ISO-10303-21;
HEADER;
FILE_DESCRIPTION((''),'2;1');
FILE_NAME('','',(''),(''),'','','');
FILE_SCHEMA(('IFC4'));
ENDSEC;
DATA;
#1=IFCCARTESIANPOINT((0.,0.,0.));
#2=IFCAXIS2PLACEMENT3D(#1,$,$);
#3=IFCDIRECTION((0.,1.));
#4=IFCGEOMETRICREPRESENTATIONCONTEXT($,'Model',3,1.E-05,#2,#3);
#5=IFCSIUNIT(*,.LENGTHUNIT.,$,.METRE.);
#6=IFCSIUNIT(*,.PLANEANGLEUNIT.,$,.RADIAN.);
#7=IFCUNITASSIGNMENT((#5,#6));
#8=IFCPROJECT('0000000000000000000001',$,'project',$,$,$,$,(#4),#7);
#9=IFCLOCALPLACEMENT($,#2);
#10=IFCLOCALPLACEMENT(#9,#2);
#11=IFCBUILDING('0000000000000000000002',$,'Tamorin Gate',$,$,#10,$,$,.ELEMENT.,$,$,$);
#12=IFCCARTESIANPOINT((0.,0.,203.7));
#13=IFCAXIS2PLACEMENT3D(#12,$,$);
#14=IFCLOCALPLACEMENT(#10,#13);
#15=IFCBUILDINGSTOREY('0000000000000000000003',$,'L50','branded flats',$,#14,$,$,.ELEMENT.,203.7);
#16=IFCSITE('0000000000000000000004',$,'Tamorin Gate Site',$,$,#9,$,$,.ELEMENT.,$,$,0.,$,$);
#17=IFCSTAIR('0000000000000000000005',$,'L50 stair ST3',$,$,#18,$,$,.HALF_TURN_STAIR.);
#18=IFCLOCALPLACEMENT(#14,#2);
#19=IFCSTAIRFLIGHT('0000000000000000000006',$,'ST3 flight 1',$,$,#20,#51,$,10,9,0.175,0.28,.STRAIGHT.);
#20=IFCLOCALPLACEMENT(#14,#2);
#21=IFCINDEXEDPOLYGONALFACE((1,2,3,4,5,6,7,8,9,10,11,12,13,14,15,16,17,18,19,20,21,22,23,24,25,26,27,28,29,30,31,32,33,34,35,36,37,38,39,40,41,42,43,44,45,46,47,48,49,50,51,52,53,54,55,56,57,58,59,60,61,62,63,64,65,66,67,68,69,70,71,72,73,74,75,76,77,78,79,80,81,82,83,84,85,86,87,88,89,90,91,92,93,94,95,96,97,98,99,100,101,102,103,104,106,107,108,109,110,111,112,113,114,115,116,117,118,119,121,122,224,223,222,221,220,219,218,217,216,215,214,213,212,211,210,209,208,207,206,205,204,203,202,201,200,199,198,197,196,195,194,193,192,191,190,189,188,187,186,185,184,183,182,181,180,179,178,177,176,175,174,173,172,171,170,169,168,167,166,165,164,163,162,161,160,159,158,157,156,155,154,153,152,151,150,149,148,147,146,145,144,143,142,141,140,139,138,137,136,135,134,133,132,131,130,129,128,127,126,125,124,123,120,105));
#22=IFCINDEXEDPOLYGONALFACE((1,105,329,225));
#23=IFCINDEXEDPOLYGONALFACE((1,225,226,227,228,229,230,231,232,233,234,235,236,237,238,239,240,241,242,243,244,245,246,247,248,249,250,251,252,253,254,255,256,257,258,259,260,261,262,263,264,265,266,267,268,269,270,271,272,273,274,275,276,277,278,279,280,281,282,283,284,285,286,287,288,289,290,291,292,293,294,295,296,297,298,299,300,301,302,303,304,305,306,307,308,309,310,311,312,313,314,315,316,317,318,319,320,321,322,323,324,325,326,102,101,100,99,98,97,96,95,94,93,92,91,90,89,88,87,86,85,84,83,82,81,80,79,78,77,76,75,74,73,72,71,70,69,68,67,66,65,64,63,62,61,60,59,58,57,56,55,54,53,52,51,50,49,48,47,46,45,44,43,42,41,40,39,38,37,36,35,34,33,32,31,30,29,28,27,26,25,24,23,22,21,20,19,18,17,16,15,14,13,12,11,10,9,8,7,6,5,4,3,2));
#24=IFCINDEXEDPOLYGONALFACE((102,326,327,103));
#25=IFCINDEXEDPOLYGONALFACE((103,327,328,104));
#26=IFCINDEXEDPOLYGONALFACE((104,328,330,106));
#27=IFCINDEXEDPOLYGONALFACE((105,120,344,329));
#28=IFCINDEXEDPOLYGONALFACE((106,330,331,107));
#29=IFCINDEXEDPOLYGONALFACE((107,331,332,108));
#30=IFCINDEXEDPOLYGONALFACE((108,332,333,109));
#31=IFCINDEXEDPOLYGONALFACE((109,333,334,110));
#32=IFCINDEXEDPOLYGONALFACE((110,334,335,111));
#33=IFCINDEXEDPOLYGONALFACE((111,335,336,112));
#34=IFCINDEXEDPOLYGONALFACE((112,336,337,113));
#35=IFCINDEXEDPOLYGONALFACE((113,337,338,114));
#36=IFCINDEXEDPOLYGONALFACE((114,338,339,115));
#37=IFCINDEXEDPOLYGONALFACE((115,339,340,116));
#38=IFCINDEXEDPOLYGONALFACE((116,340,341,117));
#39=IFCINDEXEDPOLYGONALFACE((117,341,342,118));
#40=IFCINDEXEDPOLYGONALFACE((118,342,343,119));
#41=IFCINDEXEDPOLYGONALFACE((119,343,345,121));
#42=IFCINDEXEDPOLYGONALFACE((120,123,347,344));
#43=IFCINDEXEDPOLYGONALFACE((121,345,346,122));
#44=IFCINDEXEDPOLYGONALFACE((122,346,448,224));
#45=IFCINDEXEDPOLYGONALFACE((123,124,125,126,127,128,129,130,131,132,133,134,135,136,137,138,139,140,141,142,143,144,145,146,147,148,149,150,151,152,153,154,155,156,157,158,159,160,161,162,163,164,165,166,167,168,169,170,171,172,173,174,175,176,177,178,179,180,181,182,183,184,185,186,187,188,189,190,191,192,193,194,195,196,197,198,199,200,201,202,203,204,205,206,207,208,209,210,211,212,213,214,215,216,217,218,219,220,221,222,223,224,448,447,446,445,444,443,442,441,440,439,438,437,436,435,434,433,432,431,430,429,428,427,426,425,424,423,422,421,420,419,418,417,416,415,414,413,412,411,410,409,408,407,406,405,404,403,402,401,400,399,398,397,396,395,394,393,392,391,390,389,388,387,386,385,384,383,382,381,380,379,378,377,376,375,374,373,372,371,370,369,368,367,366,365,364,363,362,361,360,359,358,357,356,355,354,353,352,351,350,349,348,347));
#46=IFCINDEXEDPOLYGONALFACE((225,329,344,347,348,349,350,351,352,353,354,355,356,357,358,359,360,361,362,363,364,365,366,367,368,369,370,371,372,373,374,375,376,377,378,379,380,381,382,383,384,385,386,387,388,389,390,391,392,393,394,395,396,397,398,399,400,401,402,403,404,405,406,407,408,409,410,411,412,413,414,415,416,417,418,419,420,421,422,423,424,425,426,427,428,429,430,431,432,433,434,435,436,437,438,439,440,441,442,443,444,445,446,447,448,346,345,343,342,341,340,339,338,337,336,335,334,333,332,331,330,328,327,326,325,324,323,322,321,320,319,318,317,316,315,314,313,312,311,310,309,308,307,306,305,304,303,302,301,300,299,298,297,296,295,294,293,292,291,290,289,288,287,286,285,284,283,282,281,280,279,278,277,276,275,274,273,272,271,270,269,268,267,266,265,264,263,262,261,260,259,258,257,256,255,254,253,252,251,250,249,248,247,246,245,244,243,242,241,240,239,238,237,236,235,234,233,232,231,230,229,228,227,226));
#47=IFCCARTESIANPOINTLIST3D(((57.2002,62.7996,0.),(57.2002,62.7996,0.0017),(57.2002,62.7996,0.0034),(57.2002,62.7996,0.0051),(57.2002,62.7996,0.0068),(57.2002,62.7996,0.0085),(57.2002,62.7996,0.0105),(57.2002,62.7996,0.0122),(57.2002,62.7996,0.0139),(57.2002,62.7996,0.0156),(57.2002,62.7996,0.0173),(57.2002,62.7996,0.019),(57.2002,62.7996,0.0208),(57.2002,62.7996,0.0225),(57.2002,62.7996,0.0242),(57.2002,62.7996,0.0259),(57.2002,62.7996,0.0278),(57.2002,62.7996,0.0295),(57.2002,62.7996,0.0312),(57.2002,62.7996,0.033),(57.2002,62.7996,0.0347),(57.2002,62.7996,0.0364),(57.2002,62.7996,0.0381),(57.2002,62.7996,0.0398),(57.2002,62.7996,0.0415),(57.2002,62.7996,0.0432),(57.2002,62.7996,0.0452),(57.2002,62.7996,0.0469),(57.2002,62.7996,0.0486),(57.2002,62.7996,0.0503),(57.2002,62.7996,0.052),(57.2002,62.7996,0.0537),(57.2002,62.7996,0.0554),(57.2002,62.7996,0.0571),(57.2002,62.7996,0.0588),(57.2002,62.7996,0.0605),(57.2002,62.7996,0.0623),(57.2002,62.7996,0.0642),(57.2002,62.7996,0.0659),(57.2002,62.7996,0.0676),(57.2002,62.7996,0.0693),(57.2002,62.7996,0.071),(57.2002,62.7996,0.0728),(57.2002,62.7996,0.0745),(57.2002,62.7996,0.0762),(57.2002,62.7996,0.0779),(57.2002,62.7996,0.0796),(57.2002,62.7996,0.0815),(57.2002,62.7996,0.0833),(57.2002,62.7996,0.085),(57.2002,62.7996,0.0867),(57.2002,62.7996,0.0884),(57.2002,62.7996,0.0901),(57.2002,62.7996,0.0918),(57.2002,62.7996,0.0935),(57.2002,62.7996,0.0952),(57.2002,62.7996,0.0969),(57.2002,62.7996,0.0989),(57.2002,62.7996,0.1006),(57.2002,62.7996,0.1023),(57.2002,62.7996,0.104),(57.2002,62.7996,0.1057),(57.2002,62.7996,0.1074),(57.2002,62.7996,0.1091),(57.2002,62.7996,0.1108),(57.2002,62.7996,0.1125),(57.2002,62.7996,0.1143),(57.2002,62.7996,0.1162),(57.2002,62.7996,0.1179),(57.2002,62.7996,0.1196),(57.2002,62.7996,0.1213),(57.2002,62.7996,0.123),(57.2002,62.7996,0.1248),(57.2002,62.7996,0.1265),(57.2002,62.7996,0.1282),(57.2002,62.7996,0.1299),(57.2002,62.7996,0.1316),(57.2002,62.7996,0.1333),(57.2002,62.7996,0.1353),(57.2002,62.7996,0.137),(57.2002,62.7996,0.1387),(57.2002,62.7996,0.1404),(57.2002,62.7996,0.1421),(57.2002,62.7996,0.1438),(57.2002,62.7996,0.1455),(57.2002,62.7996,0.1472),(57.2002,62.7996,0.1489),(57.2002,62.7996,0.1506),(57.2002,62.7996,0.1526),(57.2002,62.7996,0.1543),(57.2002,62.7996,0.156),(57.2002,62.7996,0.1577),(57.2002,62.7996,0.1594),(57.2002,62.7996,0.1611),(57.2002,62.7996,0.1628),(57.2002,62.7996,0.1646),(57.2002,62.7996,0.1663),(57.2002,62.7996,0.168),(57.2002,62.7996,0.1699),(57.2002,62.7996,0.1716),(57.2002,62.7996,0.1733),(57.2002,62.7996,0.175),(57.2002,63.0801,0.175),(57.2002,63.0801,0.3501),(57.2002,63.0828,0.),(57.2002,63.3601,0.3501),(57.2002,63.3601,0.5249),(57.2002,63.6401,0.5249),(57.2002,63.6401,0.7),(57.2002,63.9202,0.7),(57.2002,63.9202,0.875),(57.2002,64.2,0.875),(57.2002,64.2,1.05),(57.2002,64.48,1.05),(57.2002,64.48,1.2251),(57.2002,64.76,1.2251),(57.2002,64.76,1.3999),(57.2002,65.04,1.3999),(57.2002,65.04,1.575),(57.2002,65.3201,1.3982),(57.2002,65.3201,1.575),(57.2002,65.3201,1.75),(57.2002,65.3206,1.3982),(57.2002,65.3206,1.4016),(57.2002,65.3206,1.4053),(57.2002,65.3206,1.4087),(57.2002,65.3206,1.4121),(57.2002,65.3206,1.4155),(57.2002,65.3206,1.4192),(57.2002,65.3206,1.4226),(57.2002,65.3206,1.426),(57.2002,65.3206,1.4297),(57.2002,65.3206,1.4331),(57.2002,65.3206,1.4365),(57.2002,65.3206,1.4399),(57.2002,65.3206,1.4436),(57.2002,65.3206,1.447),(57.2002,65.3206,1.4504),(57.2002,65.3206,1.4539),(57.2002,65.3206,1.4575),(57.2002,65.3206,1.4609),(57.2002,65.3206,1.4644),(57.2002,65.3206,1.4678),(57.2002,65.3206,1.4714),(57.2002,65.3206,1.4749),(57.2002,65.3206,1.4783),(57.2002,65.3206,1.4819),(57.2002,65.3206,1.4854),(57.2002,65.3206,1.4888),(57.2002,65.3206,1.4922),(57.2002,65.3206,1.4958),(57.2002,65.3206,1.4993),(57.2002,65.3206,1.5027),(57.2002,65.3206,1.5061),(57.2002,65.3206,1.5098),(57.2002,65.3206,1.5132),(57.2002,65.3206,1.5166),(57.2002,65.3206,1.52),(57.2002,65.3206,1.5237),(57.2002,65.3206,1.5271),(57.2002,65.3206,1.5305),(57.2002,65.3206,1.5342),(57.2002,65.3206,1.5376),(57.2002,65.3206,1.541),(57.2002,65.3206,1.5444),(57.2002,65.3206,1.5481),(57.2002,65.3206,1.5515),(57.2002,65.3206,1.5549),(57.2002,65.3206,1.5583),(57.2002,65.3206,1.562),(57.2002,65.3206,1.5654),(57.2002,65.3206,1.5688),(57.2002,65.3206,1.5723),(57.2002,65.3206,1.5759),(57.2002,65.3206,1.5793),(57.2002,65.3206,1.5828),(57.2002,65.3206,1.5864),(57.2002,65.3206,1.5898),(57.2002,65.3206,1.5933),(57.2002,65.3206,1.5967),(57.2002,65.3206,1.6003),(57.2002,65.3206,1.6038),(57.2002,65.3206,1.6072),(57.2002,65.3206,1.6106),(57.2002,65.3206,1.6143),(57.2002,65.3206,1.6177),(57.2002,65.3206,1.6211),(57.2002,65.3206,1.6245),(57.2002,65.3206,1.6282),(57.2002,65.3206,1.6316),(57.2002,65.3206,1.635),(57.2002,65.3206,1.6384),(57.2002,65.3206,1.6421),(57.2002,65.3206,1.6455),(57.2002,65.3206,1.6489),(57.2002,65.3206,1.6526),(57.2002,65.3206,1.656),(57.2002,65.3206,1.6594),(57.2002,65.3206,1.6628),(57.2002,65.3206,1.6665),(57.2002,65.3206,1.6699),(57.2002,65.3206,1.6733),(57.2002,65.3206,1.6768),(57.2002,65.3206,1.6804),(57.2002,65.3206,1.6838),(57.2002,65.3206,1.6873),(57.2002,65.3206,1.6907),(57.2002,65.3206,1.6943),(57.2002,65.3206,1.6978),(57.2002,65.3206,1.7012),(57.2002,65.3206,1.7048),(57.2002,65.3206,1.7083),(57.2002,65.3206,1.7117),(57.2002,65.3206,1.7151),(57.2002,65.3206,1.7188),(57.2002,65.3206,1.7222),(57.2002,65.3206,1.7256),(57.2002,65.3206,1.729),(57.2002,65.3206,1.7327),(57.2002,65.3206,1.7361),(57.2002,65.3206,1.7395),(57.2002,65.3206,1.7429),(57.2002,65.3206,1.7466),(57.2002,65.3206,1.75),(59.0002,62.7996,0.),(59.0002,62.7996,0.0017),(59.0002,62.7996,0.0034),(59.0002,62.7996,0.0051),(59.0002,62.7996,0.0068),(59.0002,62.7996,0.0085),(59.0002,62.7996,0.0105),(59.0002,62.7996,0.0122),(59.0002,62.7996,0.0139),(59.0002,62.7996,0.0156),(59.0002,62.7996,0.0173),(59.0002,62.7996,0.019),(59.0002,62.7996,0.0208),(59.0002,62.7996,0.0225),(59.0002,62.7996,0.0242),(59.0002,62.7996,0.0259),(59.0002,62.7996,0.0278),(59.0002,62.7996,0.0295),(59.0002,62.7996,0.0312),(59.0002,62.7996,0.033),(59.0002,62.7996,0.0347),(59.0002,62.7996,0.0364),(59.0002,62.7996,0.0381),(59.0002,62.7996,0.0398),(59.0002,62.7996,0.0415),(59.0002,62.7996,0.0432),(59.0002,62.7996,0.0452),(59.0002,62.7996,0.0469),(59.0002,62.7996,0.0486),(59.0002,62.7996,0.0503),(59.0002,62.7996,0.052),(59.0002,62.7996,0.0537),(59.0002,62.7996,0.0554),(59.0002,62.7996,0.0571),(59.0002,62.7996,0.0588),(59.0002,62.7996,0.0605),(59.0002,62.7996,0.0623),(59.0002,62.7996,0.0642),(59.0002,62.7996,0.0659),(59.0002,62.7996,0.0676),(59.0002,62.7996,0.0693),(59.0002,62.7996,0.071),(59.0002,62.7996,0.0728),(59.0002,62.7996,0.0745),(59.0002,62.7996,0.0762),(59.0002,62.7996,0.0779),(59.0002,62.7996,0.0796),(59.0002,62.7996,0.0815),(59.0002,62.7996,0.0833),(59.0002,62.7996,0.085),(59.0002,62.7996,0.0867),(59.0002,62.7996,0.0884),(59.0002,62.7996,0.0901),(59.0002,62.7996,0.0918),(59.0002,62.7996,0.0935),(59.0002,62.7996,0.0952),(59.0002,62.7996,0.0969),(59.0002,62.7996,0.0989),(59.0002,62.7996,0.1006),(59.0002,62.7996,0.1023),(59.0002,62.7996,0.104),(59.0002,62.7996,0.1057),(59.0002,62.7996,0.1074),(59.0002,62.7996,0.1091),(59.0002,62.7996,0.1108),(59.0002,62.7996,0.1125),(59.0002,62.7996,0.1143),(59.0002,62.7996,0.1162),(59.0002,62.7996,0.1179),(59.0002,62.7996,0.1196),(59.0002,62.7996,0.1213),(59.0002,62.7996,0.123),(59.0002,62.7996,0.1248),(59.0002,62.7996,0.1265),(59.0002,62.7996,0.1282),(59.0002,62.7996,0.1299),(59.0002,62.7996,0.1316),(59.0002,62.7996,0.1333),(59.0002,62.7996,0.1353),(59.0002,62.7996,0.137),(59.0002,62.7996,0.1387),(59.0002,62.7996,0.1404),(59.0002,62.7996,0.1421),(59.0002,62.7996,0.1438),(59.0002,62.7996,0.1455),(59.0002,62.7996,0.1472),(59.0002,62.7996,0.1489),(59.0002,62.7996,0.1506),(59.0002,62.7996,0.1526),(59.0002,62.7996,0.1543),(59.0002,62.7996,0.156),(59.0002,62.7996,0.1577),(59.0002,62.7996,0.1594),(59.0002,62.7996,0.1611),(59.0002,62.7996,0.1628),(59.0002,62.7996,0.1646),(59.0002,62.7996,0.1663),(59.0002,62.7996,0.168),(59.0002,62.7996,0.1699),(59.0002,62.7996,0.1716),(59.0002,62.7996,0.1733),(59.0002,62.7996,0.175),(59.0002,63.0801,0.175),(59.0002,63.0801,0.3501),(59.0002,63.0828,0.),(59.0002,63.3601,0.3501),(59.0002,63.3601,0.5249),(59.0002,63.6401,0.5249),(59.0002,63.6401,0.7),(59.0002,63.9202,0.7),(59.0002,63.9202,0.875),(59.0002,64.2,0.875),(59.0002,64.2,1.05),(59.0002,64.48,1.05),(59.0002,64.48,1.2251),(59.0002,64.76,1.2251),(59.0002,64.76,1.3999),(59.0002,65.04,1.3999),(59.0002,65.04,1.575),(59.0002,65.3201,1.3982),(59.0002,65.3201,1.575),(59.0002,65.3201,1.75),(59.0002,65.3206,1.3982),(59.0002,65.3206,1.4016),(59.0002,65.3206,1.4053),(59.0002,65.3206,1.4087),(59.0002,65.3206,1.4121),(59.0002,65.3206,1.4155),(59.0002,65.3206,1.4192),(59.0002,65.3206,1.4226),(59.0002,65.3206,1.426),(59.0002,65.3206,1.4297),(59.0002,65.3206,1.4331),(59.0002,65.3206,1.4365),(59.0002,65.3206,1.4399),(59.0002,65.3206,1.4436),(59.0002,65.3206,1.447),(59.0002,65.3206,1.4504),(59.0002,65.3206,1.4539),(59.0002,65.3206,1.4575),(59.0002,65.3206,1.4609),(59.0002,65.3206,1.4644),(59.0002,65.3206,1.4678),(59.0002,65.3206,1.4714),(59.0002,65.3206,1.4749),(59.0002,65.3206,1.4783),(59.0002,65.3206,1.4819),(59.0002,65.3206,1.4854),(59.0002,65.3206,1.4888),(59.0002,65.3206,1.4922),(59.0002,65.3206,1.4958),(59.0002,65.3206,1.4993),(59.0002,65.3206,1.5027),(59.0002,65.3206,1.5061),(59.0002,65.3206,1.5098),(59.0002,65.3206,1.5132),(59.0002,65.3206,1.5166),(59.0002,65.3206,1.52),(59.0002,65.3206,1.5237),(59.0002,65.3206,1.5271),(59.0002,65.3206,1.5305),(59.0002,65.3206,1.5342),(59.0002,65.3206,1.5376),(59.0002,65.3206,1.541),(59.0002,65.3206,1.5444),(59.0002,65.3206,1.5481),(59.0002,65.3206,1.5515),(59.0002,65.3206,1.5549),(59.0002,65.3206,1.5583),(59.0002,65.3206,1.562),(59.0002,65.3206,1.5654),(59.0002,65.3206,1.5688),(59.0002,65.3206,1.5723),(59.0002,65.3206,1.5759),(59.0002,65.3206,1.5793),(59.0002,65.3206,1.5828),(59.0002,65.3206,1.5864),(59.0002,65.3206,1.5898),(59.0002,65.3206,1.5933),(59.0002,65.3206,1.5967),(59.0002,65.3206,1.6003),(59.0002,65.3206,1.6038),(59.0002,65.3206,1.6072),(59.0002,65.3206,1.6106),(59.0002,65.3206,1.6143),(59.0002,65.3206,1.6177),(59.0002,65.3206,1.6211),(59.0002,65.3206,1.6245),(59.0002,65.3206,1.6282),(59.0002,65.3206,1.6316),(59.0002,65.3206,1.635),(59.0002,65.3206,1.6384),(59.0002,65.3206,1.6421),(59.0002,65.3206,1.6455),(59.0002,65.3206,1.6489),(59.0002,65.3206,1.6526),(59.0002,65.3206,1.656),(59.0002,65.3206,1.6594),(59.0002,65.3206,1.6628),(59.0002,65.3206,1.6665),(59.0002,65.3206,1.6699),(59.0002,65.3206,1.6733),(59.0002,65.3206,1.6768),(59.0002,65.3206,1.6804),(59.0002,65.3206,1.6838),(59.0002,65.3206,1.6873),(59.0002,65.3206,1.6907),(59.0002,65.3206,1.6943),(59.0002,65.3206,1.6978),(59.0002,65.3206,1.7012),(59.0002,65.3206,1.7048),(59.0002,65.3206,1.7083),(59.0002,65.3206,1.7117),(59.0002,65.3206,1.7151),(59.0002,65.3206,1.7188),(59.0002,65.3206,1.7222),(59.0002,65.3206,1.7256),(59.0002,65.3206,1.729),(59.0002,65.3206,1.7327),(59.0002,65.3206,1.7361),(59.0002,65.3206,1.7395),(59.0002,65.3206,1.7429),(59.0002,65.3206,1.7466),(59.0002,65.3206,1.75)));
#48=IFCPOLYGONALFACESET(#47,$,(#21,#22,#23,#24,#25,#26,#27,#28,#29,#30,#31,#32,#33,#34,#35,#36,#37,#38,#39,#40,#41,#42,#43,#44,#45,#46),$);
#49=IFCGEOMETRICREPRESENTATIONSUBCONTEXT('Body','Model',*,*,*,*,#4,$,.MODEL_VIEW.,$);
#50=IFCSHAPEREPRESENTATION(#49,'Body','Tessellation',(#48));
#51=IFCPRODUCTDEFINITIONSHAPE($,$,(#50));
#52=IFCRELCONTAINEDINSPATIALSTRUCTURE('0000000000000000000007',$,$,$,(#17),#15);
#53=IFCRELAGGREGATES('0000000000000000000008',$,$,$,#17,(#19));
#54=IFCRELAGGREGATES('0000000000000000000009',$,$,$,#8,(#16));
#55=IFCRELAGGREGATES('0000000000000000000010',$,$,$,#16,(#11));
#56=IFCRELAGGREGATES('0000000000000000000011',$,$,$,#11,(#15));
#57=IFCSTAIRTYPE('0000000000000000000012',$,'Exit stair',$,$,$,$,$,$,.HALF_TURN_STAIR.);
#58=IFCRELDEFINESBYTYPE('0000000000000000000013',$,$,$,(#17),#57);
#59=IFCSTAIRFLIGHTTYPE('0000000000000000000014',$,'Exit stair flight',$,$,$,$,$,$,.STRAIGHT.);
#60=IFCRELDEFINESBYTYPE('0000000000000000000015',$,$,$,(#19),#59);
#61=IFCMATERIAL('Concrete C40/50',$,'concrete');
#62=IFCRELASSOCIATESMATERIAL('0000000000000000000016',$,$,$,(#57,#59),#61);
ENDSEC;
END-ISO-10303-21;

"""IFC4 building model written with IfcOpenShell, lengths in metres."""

from ifc_helpers import new_model, si_unit, direction, frame, origin, place, context, subcontext, project, spatial, polyline, outline, extrude, material, type_object, element, aggregate, save


model = new_model("IFC4")

# Units and contexts
model_context = context("Model", 3, precision=1e-05, world=origin(), true_north=direction((0.0, 1.0)))
body_context = subcontext(model_context, "Body", "Model", "MODEL_VIEW")
ifc_project = project(units=[si_unit("LENGTHUNIT", "METRE"), si_unit("PLANEANGLEUNIT", "RADIAN")], contexts=[model_context])

# Site, building, storey
site_placement = place(None, origin())
site = spatial("IfcSite", under=ifc_project, at=site_placement, Name="Tamorin Gate Site", CompositionType="ELEMENT", RefElevation=0.0)
building_placement = place(site_placement, origin())
building = spatial("IfcBuilding", under=site, at=building_placement, Name="Tamorin Gate", CompositionType="ELEMENT")
storey_placement = place(building_placement, frame((0.0, 0.0, 203.7)))
storey = spatial("IfcBuildingStorey", under=building, at=storey_placement, Name="L50", Description="branded flats", CompositionType="ELEMENT", Elevation=203.7)

# Stair, stair flight
ifc_material_1 = material(Name="Concrete C40/50", Category="concrete")
stair_type = type_object("IfcStairType", Name="Exit stair", PredefinedType="HALF_TURN_STAIR", material=ifc_material_1)
stair_placement = place(storey_placement, origin())
stair = element("IfcStair", 1, at=stair_placement, inside=storey, type_object=stair_type, Name="L50 stair ST3", PredefinedType="HALF_TURN_STAIR")
stair_flight_type = type_object("IfcStairFlightType", Name="Exit stair flight", PredefinedType="STRAIGHT", material=ifc_material_1)
stair_flight_1_placement = place(storey_placement, frame((58.1001, 62.8, 0.0), z_axis=(0.0, 0.0, 1.0), x_axis=(0.0, 1.0, 0.0)))
stair_flight_1 = element("IfcStairFlight", 2, at=stair_flight_1_placement, type_object=stair_flight_type, Name="ST3 flight 1", NumberOfRisers=10, NumberOfTreads=9, PredefinedType="STRAIGHT", RiserHeight=0.175, TreadLength=0.28, context=body_context, shape_type="SweptSolid", body=[
    extrude(outline(polyline([(-0.0005, 0.0), (-0.0005, 0.0017), (-0.0005, 0.0034), (-0.0005, 0.0051), (-0.0005, 0.0068), (-0.0005, 0.0085), (-0.0005, 0.0105), (-0.0005, 0.0122), (-0.0005, 0.0139), (-0.0005, 0.0156), (-0.0005, 0.0173), (-0.0005, 0.019), (-0.0005, 0.0208), (-0.0005, 0.0225), (-0.0005, 0.0242), (-0.0005, 0.0259), (-0.0005, 0.0278), (-0.0005, 0.0295), (-0.0005, 0.0312), (-0.0005, 0.033), (-0.0005, 0.0347), (-0.0005, 0.0364), (-0.0005, 0.0381), (-0.0005, 0.0398), (-0.0005, 0.0415), (-0.0005, 0.0432), (-0.0005, 0.0452), (-0.0005, 0.0469), (-0.0005, 0.0486), (-0.0005, 0.0503), (-0.0005, 0.052), (-0.0005, 0.0537), (-0.0005, 0.0554), (-0.0005, 0.0571), (-0.0005, 0.0588), (-0.0005, 0.0605), (-0.0005, 0.0623), (-0.0005, 0.0642), (-0.0005, 0.0659), (-0.0005, 0.0676), (-0.0005, 0.0693), (-0.0005, 0.071), (-0.0005, 0.0728), (-0.0005, 0.0745), (-0.0005, 0.0762), (-0.0005, 0.0779), (-0.0005, 0.0796), (-0.0005, 0.0815), (-0.0005, 0.0833), (-0.0005, 0.085), (-0.0005, 0.0867), (-0.0005, 0.0884), (-0.0005, 0.0901), (-0.0005, 0.0918), (-0.0005, 0.0935), (-0.0005, 0.0952), (-0.0005, 0.0969), (-0.0005, 0.0989), (-0.0005, 0.1006), (-0.0005, 0.1023), (-0.0005, 0.104), (-0.0005, 0.1057), (-0.0005, 0.1074), (-0.0005, 0.1091), (-0.0005, 0.1108), (-0.0005, 0.1125), (-0.0005, 0.1143), (-0.0005, 0.1162), (-0.0005, 0.1179), (-0.0005, 0.1196), (-0.0005, 0.1213), (-0.0005, 0.123), (-0.0005, 0.1248), (-0.0005, 0.1265), (-0.0005, 0.1282), (-0.0005, 0.1299), (-0.0005, 0.1316), (-0.0005, 0.1333), (-0.0005, 0.1353), (-0.0005, 0.137), (-0.0005, 0.1387), (-0.0005, 0.1404), (-0.0005, 0.1421), (-0.0005, 0.1438), (-0.0005, 0.1455), (-0.0005, 0.1472), (-0.0005, 0.1489), (-0.0005, 0.1506), (-0.0005, 0.1526), (-0.0005, 0.1543), (-0.0005, 0.156), (-0.0005, 0.1577), (-0.0005, 0.1594), (-0.0005, 0.1611), (-0.0005, 0.1628), (-0.0005, 0.1646), (-0.0005, 0.1663), (-0.0005, 0.168), (-0.0005, 0.1699), (-0.0005, 0.1716), (-0.0005, 0.1733), (-0.0005, 0.175), (0.28, 0.175), (0.28, 0.3501), (0.5601, 0.3501), (0.5601, 0.5249), (0.8401, 0.5249), (0.8401, 0.7), (1.1201, 0.7), (1.1201, 0.875), (1.3999, 0.875), (1.3999, 1.05), (1.6799, 1.05), (1.6799, 1.2251), (1.96, 1.2251), (1.96, 1.3999), (2.24, 1.3999), (2.24, 1.575), (2.52, 1.575), (2.52, 1.75), (2.5205, 1.75), (2.5205, 1.7466), (2.5205, 1.7429), (2.5205, 1.7395), (2.5205, 1.7361), (2.5205, 1.7327), (2.5205, 1.729), (2.5205, 1.7256), (2.5205, 1.7222), (2.5205, 1.7188), (2.5205, 1.7151), (2.5205, 1.7117), (2.5205, 1.7083), (2.5205, 1.7048), (2.5205, 1.7012), (2.5205, 1.6978), (2.5205, 1.6943), (2.5205, 1.6907), (2.5205, 1.6873), (2.5205, 1.6838), (2.5205, 1.6804), (2.5205, 1.6768), (2.5205, 1.6733), (2.5205, 1.6699), (2.5205, 1.6665), (2.5205, 1.6628), (2.5205, 1.6594), (2.5205, 1.656), (2.5205, 1.6526), (2.5205, 1.6489), (2.5205, 1.6455), (2.5205, 1.6421), (2.5205, 1.6384), (2.5205, 1.635), (2.5205, 1.6316), (2.5205, 1.6282), (2.5205, 1.6245), (2.5205, 1.6211), (2.5205, 1.6177), (2.5205, 1.6143), (2.5205, 1.6106), (2.5205, 1.6072), (2.5205, 1.6038), (2.5205, 1.6003), (2.5205, 1.5967), (2.5205, 1.5933), (2.5205, 1.5898), (2.5205, 1.5864), (2.5205, 1.5828), (2.5205, 1.5793), (2.5205, 1.5759), (2.5205, 1.5723), (2.5205, 1.5688), (2.5205, 1.5654), (2.5205, 1.562), (2.5205, 1.5583), (2.5205, 1.5549), (2.5205, 1.5515), (2.5205, 1.5481), (2.5205, 1.5444), (2.5205, 1.541), (2.5205, 1.5376), (2.5205, 1.5342), (2.5205, 1.5305), (2.5205, 1.5271), (2.5205, 1.5237), (2.5205, 1.52), (2.5205, 1.5166), (2.5205, 1.5132), (2.5205, 1.5098), (2.5205, 1.5061), (2.5205, 1.5027), (2.5205, 1.4993), (2.5205, 1.4958), (2.5205, 1.4922), (2.5205, 1.4888), (2.5205, 1.4854), (2.5205, 1.4819), (2.5205, 1.4783), (2.5205, 1.4749), (2.5205, 1.4714), (2.5205, 1.4678), (2.5205, 1.4644), (2.5205, 1.4609), (2.5205, 1.4575), (2.5205, 1.4539), (2.5205, 1.4504), (2.5205, 1.447), (2.5205, 1.4436), (2.5205, 1.4399), (2.5205, 1.4365), (2.5205, 1.4331), (2.5205, 1.4297), (2.5205, 1.426), (2.5205, 1.4226), (2.5205, 1.4192), (2.5205, 1.4155), (2.5205, 1.4121), (2.5205, 1.4087), (2.5205, 1.4053), (2.5205, 1.4016), (2.5205, 1.3982), (2.52, 1.3982), (0.2827, 0.0), (-0.0005, 0.0)])), frame((0.0, 0.8999, 0.0), z_axis=(0.0, -1.0, 0.0), x_axis=(1.0, 0.0, 0.0)), (0.0, 0.0, 1.0), 1.8),
])
aggregate(stair, [stair_flight_1])

save(model, "model.ifc")
